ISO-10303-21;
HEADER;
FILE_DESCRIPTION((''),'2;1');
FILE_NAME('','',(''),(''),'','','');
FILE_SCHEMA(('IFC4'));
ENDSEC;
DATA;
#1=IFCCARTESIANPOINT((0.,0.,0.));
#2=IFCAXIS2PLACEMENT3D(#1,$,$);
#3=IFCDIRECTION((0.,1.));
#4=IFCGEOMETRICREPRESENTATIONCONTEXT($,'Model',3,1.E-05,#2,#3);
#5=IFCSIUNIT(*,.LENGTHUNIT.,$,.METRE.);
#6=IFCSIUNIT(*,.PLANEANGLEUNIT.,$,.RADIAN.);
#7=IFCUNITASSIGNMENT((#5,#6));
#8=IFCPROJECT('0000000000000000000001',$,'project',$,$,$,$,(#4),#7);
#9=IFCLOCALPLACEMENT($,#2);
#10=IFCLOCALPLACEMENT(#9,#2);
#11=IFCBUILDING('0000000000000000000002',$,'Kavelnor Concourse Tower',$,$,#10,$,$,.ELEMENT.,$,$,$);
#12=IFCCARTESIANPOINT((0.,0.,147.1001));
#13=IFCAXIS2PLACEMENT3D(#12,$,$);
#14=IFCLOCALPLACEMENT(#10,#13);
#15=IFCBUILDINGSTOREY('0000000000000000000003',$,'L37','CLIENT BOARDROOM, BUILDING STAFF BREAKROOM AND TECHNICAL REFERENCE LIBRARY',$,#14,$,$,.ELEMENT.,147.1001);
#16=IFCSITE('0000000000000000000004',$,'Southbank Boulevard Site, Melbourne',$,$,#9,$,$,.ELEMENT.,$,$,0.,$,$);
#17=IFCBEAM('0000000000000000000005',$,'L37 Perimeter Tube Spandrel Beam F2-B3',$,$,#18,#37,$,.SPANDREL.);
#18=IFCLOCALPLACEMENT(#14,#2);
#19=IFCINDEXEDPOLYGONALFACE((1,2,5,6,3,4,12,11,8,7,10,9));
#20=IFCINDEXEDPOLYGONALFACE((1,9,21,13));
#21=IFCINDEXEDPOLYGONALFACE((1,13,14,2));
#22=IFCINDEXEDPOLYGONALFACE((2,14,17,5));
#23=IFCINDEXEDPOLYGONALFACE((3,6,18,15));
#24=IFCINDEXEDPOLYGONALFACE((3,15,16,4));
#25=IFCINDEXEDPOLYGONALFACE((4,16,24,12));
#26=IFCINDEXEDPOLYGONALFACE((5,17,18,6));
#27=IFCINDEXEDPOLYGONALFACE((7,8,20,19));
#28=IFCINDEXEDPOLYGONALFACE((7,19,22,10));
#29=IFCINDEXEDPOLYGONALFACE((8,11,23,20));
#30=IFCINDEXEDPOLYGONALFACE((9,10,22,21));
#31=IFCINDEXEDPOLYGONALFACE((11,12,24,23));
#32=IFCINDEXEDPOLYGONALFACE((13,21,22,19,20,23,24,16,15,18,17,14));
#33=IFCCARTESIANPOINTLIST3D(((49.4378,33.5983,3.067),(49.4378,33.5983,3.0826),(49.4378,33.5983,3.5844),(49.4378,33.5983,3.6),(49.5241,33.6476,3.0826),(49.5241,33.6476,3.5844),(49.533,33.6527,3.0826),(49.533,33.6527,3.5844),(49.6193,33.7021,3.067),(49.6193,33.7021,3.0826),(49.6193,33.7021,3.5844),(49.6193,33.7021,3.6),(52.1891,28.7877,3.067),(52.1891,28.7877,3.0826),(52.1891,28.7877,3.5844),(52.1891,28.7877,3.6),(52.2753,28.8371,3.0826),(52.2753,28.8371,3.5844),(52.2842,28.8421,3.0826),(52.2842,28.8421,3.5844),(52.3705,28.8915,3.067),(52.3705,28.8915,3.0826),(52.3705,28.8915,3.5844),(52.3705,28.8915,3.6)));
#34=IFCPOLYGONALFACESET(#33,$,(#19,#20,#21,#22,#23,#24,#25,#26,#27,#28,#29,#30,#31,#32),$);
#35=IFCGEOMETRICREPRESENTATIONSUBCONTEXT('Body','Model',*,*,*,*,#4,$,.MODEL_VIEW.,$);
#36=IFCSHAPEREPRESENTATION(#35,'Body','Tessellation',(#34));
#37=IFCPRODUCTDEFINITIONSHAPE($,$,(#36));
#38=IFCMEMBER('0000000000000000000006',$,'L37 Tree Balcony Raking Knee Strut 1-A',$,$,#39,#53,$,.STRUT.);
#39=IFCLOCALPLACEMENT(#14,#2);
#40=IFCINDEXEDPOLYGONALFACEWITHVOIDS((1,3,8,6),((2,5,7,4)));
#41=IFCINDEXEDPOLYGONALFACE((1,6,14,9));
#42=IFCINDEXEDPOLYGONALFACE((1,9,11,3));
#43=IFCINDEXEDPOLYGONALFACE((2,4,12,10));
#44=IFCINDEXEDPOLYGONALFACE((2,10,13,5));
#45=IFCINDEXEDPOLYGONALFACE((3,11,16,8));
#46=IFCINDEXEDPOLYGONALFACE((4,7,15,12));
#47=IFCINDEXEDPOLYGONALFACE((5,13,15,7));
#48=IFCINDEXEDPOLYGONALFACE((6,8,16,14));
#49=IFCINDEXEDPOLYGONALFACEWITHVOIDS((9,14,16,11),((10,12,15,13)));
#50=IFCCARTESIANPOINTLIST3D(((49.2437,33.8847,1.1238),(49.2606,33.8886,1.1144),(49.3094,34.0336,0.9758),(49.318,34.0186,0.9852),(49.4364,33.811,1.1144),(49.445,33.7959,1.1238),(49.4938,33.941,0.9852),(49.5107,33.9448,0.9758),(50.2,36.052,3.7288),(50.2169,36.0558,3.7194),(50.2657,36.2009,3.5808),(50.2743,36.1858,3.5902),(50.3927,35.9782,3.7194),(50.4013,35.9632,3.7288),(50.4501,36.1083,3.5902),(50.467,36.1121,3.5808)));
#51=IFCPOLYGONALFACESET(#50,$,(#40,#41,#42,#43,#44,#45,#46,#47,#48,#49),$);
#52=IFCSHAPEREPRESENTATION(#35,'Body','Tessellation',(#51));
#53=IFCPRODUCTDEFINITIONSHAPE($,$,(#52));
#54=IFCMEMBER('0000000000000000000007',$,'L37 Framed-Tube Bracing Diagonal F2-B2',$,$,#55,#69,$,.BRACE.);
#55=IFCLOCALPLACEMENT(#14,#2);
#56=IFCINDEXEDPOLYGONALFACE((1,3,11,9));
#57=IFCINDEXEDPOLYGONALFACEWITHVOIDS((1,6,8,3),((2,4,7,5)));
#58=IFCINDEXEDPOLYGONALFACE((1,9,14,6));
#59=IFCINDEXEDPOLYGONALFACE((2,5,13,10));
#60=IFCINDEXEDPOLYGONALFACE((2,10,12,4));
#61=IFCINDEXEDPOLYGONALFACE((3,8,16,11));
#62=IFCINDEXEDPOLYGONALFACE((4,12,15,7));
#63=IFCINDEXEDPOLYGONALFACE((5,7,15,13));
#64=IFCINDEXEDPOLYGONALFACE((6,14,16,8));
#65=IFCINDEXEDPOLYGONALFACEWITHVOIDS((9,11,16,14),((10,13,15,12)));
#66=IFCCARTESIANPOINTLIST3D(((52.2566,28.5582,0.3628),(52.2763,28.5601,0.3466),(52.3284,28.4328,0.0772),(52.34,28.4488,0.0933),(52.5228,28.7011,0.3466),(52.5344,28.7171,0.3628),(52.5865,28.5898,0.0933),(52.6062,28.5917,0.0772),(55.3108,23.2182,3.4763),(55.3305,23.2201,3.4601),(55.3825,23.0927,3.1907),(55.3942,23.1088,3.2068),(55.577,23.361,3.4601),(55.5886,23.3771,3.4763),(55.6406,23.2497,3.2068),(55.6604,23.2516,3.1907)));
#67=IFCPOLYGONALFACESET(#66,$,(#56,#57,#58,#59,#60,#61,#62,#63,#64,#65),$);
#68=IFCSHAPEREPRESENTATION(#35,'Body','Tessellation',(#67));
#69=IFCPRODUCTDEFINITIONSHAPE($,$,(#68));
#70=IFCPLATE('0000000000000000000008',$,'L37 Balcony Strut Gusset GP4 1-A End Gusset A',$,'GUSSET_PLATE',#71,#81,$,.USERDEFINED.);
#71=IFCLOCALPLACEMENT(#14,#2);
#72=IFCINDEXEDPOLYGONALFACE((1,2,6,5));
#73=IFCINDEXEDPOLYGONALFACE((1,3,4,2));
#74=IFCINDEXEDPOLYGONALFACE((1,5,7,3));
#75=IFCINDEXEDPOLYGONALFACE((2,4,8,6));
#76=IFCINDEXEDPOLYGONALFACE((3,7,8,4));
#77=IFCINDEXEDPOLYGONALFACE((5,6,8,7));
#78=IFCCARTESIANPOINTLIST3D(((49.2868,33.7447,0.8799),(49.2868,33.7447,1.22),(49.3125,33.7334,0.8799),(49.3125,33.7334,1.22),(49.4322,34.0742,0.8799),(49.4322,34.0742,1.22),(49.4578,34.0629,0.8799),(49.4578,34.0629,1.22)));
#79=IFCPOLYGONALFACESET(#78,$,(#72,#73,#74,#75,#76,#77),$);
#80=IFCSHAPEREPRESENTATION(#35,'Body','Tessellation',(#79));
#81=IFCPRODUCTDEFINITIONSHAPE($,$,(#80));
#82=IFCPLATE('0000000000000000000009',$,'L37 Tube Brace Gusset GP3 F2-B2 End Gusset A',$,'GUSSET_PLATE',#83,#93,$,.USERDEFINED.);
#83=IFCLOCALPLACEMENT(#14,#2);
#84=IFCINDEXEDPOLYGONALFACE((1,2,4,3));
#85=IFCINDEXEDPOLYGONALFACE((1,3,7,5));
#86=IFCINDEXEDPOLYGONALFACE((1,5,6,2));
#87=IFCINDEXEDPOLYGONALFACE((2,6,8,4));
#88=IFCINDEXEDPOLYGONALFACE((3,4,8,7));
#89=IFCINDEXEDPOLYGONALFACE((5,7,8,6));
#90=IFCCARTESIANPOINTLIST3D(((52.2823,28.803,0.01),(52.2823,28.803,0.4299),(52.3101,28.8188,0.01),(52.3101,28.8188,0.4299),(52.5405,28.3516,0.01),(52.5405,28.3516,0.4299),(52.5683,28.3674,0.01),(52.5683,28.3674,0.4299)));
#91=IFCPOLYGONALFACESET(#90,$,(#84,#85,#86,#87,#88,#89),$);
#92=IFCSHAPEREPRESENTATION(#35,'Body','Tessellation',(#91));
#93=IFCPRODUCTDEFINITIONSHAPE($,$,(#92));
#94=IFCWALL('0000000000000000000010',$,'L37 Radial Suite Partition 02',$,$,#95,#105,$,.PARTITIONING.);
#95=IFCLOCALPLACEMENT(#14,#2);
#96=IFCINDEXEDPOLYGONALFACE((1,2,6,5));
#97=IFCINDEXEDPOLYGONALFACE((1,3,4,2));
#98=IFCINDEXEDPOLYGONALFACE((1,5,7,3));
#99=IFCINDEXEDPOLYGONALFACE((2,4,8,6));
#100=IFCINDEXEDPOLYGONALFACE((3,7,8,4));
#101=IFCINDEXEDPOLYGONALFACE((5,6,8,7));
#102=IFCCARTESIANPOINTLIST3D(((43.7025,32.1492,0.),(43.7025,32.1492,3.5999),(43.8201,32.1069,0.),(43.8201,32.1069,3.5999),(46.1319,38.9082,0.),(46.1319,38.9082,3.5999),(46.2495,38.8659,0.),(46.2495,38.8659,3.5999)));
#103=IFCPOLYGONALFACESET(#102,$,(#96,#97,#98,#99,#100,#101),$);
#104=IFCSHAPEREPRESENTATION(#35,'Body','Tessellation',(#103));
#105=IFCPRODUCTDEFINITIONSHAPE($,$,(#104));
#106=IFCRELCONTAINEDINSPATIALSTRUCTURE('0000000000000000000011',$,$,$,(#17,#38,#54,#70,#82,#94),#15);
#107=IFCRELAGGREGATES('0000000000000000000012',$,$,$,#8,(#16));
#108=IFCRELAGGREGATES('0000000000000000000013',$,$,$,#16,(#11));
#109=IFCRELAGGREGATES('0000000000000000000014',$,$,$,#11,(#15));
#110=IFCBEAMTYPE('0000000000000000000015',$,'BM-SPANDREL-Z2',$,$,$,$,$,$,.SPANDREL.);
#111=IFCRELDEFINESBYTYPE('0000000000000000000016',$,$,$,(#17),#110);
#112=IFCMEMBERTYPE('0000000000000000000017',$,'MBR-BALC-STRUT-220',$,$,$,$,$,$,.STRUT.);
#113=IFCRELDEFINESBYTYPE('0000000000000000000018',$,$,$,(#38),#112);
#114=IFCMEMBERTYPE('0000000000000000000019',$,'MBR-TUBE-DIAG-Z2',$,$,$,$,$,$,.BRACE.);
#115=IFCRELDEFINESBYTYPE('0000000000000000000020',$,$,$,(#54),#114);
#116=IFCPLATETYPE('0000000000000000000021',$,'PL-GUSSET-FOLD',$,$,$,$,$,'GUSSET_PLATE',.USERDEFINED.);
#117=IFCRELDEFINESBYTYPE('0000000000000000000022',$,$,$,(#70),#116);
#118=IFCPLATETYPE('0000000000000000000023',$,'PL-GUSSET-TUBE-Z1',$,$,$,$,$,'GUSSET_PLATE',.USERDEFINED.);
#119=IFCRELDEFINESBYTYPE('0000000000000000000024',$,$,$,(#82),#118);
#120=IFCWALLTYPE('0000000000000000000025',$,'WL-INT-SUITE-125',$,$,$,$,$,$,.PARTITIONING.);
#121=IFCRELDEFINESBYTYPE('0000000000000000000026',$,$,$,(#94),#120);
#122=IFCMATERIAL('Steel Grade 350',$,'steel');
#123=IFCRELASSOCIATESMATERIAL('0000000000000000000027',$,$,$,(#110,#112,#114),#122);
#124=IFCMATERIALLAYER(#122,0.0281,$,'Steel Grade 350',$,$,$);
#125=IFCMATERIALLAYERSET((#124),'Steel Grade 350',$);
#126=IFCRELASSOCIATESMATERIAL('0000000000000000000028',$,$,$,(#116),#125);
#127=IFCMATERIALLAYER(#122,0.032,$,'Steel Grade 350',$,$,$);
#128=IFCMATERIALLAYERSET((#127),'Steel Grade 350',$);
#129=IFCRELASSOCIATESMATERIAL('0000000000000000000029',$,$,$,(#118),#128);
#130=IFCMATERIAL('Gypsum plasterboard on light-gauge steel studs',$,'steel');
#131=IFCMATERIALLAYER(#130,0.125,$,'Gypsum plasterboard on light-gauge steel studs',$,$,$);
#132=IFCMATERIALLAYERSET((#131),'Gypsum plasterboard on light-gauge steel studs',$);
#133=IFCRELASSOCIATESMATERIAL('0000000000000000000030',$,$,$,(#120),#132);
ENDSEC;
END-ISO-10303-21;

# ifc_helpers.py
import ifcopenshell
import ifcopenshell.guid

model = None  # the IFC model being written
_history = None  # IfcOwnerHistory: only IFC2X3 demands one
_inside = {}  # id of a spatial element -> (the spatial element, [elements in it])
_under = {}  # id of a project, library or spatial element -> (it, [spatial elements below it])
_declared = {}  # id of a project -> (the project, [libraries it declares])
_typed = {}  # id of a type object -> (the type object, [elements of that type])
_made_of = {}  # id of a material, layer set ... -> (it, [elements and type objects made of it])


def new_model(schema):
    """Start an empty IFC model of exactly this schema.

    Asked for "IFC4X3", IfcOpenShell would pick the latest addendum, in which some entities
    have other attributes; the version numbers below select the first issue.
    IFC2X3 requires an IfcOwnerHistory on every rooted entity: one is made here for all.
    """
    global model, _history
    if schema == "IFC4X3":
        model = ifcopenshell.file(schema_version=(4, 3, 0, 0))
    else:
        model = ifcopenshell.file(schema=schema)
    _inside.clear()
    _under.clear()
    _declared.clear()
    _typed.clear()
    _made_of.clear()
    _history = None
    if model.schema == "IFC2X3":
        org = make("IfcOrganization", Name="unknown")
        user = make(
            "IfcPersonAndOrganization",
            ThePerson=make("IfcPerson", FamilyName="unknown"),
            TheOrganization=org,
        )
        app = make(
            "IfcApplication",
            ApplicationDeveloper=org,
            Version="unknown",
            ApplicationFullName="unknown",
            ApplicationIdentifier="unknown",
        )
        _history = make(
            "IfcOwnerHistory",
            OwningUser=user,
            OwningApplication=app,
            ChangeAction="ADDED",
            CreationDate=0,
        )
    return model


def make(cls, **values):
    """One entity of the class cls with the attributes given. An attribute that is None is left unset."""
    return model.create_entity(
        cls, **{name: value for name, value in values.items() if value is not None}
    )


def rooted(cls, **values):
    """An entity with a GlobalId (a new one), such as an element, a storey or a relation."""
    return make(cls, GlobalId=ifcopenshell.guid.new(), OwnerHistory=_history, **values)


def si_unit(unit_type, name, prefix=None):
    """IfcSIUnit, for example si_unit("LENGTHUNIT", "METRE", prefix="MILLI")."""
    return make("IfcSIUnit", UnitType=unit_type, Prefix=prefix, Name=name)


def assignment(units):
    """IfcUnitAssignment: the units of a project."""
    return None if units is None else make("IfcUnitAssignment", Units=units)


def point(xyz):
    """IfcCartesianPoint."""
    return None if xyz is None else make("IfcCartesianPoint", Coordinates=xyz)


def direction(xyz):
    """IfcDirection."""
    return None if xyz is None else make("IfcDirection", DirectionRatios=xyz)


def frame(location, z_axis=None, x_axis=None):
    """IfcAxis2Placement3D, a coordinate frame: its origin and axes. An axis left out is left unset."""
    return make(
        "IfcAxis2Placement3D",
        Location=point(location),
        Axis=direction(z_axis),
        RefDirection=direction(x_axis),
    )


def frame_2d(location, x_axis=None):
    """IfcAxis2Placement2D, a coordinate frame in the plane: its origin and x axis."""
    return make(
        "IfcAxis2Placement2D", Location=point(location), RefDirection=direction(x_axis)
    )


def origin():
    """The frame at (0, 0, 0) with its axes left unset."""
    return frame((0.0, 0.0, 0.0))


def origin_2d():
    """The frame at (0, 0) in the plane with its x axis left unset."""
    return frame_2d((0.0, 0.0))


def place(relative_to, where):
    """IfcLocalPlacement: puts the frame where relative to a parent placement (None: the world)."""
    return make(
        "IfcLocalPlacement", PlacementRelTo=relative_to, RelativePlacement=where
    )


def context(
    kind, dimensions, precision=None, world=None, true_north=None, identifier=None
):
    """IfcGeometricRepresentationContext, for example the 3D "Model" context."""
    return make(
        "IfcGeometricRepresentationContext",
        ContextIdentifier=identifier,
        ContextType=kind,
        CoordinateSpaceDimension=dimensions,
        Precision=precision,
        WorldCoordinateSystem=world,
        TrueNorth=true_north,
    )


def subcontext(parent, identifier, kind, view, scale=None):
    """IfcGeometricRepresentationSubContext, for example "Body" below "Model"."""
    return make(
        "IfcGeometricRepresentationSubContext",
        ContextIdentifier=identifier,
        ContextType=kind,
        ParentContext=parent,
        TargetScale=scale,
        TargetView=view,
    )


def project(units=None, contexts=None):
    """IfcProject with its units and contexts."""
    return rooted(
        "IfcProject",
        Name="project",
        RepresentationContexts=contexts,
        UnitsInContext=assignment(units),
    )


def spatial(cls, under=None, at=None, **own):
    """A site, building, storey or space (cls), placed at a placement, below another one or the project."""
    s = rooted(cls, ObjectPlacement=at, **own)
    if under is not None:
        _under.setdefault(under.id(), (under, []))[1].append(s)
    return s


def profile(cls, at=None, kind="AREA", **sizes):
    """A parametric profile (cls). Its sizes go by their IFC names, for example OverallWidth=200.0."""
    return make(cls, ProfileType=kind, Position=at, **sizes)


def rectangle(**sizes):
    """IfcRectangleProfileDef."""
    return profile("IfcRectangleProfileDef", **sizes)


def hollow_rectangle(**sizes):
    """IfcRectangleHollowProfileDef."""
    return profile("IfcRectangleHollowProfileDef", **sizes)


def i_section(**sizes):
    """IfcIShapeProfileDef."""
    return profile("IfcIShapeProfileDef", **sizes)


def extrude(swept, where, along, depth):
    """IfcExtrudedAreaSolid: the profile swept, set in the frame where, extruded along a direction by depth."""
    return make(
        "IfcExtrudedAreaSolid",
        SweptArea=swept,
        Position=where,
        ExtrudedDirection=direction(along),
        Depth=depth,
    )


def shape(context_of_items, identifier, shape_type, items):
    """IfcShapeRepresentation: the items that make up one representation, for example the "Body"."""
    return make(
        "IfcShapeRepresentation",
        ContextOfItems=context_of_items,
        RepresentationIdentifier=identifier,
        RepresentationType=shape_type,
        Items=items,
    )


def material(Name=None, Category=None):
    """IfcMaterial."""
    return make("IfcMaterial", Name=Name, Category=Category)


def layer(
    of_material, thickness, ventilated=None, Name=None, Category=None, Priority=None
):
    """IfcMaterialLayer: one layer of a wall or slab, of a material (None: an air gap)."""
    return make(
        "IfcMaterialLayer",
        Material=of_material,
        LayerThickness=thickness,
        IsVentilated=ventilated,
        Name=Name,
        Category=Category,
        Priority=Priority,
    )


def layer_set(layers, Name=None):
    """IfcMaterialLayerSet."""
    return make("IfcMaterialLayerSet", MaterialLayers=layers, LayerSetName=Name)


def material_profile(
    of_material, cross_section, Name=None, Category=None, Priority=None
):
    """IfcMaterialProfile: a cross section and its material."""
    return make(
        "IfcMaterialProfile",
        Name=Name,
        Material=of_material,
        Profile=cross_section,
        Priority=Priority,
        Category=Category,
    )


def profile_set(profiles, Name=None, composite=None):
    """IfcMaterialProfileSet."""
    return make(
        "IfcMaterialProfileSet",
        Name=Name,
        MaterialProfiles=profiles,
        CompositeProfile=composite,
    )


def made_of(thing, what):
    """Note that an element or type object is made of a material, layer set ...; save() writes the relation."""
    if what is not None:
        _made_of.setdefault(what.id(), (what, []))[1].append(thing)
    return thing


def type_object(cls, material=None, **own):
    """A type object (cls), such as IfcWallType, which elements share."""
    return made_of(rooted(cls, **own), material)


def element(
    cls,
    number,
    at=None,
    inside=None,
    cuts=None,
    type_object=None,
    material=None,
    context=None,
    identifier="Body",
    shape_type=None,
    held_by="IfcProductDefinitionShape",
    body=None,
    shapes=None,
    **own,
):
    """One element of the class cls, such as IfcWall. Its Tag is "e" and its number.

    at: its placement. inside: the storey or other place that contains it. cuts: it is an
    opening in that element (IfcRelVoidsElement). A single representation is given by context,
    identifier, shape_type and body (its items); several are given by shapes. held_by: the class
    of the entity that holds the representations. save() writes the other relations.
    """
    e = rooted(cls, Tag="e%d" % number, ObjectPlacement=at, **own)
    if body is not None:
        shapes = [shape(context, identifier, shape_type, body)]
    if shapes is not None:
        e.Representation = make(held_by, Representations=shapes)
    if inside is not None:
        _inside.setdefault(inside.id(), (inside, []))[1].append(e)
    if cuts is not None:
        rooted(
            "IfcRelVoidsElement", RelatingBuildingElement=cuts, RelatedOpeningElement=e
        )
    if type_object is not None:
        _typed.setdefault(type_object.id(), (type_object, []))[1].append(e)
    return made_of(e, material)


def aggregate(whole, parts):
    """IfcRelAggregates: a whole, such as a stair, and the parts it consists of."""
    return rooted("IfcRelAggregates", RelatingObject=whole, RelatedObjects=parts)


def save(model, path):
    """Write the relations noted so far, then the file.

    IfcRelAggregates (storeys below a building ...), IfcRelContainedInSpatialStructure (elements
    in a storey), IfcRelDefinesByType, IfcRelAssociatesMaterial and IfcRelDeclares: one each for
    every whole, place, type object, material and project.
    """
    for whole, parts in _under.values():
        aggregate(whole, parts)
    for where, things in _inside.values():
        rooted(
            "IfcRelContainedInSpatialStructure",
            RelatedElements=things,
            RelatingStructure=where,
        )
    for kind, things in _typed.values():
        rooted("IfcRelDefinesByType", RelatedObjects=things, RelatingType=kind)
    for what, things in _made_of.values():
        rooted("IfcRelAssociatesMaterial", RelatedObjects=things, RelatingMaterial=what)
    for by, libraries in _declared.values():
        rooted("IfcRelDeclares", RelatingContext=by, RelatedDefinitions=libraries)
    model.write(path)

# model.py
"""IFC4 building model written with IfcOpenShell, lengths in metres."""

from ifc_helpers import new_model, si_unit, direction, frame, frame_2d, origin, origin_2d, place, context, subcontext, project, spatial, rectangle, hollow_rectangle, i_section, extrude, material, layer, layer_set, material_profile, profile_set, type_object, element, save


model = new_model("IFC4")

# Units and contexts
model_context = context("Model", 3, precision=1e-05, world=origin(), true_north=direction((0.0, 1.0)))
body_context = subcontext(model_context, "Body", "Model", "MODEL_VIEW")
ifc_project = project(units=[si_unit("LENGTHUNIT", "METRE"), si_unit("PLANEANGLEUNIT", "RADIAN")], contexts=[model_context])

# Site, building, storey
site_placement = place(None, origin())
site = spatial("IfcSite", under=ifc_project, at=site_placement, Name="Southbank Boulevard Site, Melbourne", CompositionType="ELEMENT", RefElevation=0.0)
building_placement = place(site_placement, origin())
building = spatial("IfcBuilding", under=site, at=building_placement, Name="Kavelnor Concourse Tower", CompositionType="ELEMENT")
storey_placement = place(building_placement, frame((0.0, 0.0, 147.1001)))
storey = spatial("IfcBuildingStorey", under=building, at=storey_placement, Name="L37", Description="CLIENT BOARDROOM, BUILDING STAFF BREAKROOM AND TECHNICAL REFERENCE LIBRARY", CompositionType="ELEMENT", Elevation=147.1001)

# Shared definitions
ifc_material_1 = material(Name="Steel Grade 350", Category="steel")

# Beam
ifc_material_profile_1 = material_profile(ifc_material_1, i_section(OverallWidth=0.209, OverallDepth=0.533, WebThickness=0.0103, FlangeThickness=0.0156, at=origin_2d()), Name="530UB92")
ifc_profile_set_1 = profile_set([ifc_material_profile_1], Name="Steel Grade 350")
beam_type_1 = type_object("IfcBeamType", Name="BM-SPANDREL-Z2", PredefinedType="SPANDREL", material=ifc_profile_set_1)
beam_1_placement = place(storey_placement, frame((52.2798, 28.8396, 3.3335), z_axis=(-0.496457, 0.868061, 0.0), x_axis=(-0.868061, -0.496457, 0.0)))
element("IfcBeam", 1, at=beam_1_placement, inside=storey, type_object=beam_type_1, Name="L37 Perimeter Tube Spandrel Beam F2-B3", PredefinedType="SPANDREL", context=body_context, shape_type="SweptSolid", body=[
    extrude(i_section(OverallWidth=0.209, OverallDepth=0.533, WebThickness=0.0103, FlangeThickness=0.0156, at=origin_2d()), origin(), (0.0, 0.0, 1.0), 5.5417),
])

# Members
ifc_material_profile_2 = material_profile(ifc_material_1, hollow_rectangle(XDim=0.22, YDim=0.22, WallThickness=0.0139, at=origin_2d()), Name="SHS 220x220x14")
ifc_profile_set_2 = profile_set([ifc_material_profile_2], Name="Steel Grade 350")
member_type_1 = type_object("IfcMemberType", Name="MBR-BALC-STRUT-220", PredefinedType="STRUT", material=ifc_profile_set_2)
member_1_placement = place(storey_placement, frame((49.3772, 33.9148, 1.0498), z_axis=(0.2716, 0.61552, 0.739844), x_axis=(-0.914892, 0.403699, 0.0)))
element("IfcMember", 2, at=member_1_placement, inside=storey, type_object=member_type_1, Name="L37 Tree Balcony Raking Knee Strut 1-A", PredefinedType="STRUT", context=body_context, shape_type="SweptSolid", body=[
    extrude(hollow_rectangle(XDim=0.22, YDim=0.22, WallThickness=0.0139, at=origin_2d()), origin(), (0.0, 0.0, 1.0), 3.521),
])
ifc_material_profile_3 = material_profile(ifc_material_1, hollow_rectangle(XDim=0.3201, YDim=0.3201, WallThickness=0.0181, at=origin_2d()), Name="SHS 320x320x18")
ifc_profile_set_3 = profile_set([ifc_material_profile_3], Name="Steel Grade 350")
member_type_2 = type_object("IfcMemberType", Name="MBR-TUBE-DIAG-Z2", PredefinedType="BRACE", material=ifc_profile_set_3)
member_2_placement = place(storey_placement, frame((52.4314, 28.575, 0.22), z_axis=(0.442969, -0.774506, 0.451574), x_axis=(0.868053, 0.496472, 0.0)))
element("IfcMember", 3, at=member_2_placement, inside=storey, type_object=member_type_2, Name="L37 Framed-Tube Bracing Diagonal F2-B2", PredefinedType="BRACE", context=body_context, shape_type="SweptSolid", body=[
    extrude(hollow_rectangle(XDim=0.3201, YDim=0.3201, WallThickness=0.0181, at=origin_2d()), origin(), (0.0, 0.0, 1.0), 6.8948),
])

# Plates
ifc_layer_1 = layer(ifc_material_1, 0.0281, Name="Steel Grade 350")
ifc_layer_set_1 = layer_set([ifc_layer_1], Name="Steel Grade 350")
plate_type_1 = type_object("IfcPlateType", Name="PL-GUSSET-FOLD", ElementType="GUSSET_PLATE", PredefinedType="USERDEFINED", material=ifc_layer_set_1)
plate_1_placement = place(storey_placement, frame((49.3723, 33.9038, 0.8799), z_axis=(0.0, 0.0, 1.0), x_axis=(0.403705, 0.914889, 0.0)))
element("IfcPlate", 4, at=plate_1_placement, inside=storey, type_object=plate_type_1, Name="L37 Balcony Strut Gusset GP4 1-A End Gusset A", ObjectType="GUSSET_PLATE", PredefinedType="USERDEFINED", context=body_context, shape_type="SweptSolid", body=[
    extrude(rectangle(XDim=0.3601, YDim=0.0281, at=origin_2d()), origin(), (0.0, 0.0, 1.0), 0.3401),
])
ifc_layer_2 = layer(ifc_material_1, 0.032, Name="Steel Grade 350")
ifc_layer_set_2 = layer_set([ifc_layer_2], Name="Steel Grade 350")
plate_type_2 = type_object("IfcPlateType", Name="PL-GUSSET-TUBE-Z1", ElementType="GUSSET_PLATE", PredefinedType="USERDEFINED", material=ifc_layer_set_2)
plate_2_placement = place(storey_placement, frame((52.4253, 28.5852, 0.01), z_axis=(0.0, 0.0, 1.0), x_axis=(0.49652, -0.868026, 0.0)))
element("IfcPlate", 5, at=plate_2_placement, inside=storey, type_object=plate_type_2, Name="L37 Tube Brace Gusset GP3 F2-B2 End Gusset A", ObjectType="GUSSET_PLATE", PredefinedType="USERDEFINED", context=body_context, shape_type="SweptSolid", body=[
    extrude(rectangle(XDim=0.52, YDim=0.032, at=origin_2d()), origin(), (0.0, 0.0, 1.0), 0.4199),
])

# Wall
ifc_material_2 = material(Name="Gypsum plasterboard on light-gauge steel studs", Category="steel")
ifc_layer_3 = layer(ifc_material_2, 0.125, Name="Gypsum plasterboard on light-gauge steel studs")
ifc_layer_set_3 = layer_set([ifc_layer_3], Name="Gypsum plasterboard on light-gauge steel studs")
wall_type = type_object("IfcWallType", Name="WL-INT-SUITE-125", PredefinedType="PARTITIONING", material=ifc_layer_set_3)
wall_placement = place(storey_placement, frame((43.7612, 32.1279, 0.0), z_axis=(0.0, 0.0, 1.0), x_axis=(0.33825, 0.941056, 0.0)))
element("IfcWall", 6, at=wall_placement, inside=storey, type_object=wall_type, Name="L37 Radial Suite Partition 02", PredefinedType="PARTITIONING", context=body_context, shape_type="SweptSolid", body=[
    extrude(rectangle(XDim=7.1824, YDim=0.125, at=frame_2d((3.5913, 0.0))), origin(), (0.0, 0.0, 1.0), 3.5999),
])

save(model, "model.ifc")
